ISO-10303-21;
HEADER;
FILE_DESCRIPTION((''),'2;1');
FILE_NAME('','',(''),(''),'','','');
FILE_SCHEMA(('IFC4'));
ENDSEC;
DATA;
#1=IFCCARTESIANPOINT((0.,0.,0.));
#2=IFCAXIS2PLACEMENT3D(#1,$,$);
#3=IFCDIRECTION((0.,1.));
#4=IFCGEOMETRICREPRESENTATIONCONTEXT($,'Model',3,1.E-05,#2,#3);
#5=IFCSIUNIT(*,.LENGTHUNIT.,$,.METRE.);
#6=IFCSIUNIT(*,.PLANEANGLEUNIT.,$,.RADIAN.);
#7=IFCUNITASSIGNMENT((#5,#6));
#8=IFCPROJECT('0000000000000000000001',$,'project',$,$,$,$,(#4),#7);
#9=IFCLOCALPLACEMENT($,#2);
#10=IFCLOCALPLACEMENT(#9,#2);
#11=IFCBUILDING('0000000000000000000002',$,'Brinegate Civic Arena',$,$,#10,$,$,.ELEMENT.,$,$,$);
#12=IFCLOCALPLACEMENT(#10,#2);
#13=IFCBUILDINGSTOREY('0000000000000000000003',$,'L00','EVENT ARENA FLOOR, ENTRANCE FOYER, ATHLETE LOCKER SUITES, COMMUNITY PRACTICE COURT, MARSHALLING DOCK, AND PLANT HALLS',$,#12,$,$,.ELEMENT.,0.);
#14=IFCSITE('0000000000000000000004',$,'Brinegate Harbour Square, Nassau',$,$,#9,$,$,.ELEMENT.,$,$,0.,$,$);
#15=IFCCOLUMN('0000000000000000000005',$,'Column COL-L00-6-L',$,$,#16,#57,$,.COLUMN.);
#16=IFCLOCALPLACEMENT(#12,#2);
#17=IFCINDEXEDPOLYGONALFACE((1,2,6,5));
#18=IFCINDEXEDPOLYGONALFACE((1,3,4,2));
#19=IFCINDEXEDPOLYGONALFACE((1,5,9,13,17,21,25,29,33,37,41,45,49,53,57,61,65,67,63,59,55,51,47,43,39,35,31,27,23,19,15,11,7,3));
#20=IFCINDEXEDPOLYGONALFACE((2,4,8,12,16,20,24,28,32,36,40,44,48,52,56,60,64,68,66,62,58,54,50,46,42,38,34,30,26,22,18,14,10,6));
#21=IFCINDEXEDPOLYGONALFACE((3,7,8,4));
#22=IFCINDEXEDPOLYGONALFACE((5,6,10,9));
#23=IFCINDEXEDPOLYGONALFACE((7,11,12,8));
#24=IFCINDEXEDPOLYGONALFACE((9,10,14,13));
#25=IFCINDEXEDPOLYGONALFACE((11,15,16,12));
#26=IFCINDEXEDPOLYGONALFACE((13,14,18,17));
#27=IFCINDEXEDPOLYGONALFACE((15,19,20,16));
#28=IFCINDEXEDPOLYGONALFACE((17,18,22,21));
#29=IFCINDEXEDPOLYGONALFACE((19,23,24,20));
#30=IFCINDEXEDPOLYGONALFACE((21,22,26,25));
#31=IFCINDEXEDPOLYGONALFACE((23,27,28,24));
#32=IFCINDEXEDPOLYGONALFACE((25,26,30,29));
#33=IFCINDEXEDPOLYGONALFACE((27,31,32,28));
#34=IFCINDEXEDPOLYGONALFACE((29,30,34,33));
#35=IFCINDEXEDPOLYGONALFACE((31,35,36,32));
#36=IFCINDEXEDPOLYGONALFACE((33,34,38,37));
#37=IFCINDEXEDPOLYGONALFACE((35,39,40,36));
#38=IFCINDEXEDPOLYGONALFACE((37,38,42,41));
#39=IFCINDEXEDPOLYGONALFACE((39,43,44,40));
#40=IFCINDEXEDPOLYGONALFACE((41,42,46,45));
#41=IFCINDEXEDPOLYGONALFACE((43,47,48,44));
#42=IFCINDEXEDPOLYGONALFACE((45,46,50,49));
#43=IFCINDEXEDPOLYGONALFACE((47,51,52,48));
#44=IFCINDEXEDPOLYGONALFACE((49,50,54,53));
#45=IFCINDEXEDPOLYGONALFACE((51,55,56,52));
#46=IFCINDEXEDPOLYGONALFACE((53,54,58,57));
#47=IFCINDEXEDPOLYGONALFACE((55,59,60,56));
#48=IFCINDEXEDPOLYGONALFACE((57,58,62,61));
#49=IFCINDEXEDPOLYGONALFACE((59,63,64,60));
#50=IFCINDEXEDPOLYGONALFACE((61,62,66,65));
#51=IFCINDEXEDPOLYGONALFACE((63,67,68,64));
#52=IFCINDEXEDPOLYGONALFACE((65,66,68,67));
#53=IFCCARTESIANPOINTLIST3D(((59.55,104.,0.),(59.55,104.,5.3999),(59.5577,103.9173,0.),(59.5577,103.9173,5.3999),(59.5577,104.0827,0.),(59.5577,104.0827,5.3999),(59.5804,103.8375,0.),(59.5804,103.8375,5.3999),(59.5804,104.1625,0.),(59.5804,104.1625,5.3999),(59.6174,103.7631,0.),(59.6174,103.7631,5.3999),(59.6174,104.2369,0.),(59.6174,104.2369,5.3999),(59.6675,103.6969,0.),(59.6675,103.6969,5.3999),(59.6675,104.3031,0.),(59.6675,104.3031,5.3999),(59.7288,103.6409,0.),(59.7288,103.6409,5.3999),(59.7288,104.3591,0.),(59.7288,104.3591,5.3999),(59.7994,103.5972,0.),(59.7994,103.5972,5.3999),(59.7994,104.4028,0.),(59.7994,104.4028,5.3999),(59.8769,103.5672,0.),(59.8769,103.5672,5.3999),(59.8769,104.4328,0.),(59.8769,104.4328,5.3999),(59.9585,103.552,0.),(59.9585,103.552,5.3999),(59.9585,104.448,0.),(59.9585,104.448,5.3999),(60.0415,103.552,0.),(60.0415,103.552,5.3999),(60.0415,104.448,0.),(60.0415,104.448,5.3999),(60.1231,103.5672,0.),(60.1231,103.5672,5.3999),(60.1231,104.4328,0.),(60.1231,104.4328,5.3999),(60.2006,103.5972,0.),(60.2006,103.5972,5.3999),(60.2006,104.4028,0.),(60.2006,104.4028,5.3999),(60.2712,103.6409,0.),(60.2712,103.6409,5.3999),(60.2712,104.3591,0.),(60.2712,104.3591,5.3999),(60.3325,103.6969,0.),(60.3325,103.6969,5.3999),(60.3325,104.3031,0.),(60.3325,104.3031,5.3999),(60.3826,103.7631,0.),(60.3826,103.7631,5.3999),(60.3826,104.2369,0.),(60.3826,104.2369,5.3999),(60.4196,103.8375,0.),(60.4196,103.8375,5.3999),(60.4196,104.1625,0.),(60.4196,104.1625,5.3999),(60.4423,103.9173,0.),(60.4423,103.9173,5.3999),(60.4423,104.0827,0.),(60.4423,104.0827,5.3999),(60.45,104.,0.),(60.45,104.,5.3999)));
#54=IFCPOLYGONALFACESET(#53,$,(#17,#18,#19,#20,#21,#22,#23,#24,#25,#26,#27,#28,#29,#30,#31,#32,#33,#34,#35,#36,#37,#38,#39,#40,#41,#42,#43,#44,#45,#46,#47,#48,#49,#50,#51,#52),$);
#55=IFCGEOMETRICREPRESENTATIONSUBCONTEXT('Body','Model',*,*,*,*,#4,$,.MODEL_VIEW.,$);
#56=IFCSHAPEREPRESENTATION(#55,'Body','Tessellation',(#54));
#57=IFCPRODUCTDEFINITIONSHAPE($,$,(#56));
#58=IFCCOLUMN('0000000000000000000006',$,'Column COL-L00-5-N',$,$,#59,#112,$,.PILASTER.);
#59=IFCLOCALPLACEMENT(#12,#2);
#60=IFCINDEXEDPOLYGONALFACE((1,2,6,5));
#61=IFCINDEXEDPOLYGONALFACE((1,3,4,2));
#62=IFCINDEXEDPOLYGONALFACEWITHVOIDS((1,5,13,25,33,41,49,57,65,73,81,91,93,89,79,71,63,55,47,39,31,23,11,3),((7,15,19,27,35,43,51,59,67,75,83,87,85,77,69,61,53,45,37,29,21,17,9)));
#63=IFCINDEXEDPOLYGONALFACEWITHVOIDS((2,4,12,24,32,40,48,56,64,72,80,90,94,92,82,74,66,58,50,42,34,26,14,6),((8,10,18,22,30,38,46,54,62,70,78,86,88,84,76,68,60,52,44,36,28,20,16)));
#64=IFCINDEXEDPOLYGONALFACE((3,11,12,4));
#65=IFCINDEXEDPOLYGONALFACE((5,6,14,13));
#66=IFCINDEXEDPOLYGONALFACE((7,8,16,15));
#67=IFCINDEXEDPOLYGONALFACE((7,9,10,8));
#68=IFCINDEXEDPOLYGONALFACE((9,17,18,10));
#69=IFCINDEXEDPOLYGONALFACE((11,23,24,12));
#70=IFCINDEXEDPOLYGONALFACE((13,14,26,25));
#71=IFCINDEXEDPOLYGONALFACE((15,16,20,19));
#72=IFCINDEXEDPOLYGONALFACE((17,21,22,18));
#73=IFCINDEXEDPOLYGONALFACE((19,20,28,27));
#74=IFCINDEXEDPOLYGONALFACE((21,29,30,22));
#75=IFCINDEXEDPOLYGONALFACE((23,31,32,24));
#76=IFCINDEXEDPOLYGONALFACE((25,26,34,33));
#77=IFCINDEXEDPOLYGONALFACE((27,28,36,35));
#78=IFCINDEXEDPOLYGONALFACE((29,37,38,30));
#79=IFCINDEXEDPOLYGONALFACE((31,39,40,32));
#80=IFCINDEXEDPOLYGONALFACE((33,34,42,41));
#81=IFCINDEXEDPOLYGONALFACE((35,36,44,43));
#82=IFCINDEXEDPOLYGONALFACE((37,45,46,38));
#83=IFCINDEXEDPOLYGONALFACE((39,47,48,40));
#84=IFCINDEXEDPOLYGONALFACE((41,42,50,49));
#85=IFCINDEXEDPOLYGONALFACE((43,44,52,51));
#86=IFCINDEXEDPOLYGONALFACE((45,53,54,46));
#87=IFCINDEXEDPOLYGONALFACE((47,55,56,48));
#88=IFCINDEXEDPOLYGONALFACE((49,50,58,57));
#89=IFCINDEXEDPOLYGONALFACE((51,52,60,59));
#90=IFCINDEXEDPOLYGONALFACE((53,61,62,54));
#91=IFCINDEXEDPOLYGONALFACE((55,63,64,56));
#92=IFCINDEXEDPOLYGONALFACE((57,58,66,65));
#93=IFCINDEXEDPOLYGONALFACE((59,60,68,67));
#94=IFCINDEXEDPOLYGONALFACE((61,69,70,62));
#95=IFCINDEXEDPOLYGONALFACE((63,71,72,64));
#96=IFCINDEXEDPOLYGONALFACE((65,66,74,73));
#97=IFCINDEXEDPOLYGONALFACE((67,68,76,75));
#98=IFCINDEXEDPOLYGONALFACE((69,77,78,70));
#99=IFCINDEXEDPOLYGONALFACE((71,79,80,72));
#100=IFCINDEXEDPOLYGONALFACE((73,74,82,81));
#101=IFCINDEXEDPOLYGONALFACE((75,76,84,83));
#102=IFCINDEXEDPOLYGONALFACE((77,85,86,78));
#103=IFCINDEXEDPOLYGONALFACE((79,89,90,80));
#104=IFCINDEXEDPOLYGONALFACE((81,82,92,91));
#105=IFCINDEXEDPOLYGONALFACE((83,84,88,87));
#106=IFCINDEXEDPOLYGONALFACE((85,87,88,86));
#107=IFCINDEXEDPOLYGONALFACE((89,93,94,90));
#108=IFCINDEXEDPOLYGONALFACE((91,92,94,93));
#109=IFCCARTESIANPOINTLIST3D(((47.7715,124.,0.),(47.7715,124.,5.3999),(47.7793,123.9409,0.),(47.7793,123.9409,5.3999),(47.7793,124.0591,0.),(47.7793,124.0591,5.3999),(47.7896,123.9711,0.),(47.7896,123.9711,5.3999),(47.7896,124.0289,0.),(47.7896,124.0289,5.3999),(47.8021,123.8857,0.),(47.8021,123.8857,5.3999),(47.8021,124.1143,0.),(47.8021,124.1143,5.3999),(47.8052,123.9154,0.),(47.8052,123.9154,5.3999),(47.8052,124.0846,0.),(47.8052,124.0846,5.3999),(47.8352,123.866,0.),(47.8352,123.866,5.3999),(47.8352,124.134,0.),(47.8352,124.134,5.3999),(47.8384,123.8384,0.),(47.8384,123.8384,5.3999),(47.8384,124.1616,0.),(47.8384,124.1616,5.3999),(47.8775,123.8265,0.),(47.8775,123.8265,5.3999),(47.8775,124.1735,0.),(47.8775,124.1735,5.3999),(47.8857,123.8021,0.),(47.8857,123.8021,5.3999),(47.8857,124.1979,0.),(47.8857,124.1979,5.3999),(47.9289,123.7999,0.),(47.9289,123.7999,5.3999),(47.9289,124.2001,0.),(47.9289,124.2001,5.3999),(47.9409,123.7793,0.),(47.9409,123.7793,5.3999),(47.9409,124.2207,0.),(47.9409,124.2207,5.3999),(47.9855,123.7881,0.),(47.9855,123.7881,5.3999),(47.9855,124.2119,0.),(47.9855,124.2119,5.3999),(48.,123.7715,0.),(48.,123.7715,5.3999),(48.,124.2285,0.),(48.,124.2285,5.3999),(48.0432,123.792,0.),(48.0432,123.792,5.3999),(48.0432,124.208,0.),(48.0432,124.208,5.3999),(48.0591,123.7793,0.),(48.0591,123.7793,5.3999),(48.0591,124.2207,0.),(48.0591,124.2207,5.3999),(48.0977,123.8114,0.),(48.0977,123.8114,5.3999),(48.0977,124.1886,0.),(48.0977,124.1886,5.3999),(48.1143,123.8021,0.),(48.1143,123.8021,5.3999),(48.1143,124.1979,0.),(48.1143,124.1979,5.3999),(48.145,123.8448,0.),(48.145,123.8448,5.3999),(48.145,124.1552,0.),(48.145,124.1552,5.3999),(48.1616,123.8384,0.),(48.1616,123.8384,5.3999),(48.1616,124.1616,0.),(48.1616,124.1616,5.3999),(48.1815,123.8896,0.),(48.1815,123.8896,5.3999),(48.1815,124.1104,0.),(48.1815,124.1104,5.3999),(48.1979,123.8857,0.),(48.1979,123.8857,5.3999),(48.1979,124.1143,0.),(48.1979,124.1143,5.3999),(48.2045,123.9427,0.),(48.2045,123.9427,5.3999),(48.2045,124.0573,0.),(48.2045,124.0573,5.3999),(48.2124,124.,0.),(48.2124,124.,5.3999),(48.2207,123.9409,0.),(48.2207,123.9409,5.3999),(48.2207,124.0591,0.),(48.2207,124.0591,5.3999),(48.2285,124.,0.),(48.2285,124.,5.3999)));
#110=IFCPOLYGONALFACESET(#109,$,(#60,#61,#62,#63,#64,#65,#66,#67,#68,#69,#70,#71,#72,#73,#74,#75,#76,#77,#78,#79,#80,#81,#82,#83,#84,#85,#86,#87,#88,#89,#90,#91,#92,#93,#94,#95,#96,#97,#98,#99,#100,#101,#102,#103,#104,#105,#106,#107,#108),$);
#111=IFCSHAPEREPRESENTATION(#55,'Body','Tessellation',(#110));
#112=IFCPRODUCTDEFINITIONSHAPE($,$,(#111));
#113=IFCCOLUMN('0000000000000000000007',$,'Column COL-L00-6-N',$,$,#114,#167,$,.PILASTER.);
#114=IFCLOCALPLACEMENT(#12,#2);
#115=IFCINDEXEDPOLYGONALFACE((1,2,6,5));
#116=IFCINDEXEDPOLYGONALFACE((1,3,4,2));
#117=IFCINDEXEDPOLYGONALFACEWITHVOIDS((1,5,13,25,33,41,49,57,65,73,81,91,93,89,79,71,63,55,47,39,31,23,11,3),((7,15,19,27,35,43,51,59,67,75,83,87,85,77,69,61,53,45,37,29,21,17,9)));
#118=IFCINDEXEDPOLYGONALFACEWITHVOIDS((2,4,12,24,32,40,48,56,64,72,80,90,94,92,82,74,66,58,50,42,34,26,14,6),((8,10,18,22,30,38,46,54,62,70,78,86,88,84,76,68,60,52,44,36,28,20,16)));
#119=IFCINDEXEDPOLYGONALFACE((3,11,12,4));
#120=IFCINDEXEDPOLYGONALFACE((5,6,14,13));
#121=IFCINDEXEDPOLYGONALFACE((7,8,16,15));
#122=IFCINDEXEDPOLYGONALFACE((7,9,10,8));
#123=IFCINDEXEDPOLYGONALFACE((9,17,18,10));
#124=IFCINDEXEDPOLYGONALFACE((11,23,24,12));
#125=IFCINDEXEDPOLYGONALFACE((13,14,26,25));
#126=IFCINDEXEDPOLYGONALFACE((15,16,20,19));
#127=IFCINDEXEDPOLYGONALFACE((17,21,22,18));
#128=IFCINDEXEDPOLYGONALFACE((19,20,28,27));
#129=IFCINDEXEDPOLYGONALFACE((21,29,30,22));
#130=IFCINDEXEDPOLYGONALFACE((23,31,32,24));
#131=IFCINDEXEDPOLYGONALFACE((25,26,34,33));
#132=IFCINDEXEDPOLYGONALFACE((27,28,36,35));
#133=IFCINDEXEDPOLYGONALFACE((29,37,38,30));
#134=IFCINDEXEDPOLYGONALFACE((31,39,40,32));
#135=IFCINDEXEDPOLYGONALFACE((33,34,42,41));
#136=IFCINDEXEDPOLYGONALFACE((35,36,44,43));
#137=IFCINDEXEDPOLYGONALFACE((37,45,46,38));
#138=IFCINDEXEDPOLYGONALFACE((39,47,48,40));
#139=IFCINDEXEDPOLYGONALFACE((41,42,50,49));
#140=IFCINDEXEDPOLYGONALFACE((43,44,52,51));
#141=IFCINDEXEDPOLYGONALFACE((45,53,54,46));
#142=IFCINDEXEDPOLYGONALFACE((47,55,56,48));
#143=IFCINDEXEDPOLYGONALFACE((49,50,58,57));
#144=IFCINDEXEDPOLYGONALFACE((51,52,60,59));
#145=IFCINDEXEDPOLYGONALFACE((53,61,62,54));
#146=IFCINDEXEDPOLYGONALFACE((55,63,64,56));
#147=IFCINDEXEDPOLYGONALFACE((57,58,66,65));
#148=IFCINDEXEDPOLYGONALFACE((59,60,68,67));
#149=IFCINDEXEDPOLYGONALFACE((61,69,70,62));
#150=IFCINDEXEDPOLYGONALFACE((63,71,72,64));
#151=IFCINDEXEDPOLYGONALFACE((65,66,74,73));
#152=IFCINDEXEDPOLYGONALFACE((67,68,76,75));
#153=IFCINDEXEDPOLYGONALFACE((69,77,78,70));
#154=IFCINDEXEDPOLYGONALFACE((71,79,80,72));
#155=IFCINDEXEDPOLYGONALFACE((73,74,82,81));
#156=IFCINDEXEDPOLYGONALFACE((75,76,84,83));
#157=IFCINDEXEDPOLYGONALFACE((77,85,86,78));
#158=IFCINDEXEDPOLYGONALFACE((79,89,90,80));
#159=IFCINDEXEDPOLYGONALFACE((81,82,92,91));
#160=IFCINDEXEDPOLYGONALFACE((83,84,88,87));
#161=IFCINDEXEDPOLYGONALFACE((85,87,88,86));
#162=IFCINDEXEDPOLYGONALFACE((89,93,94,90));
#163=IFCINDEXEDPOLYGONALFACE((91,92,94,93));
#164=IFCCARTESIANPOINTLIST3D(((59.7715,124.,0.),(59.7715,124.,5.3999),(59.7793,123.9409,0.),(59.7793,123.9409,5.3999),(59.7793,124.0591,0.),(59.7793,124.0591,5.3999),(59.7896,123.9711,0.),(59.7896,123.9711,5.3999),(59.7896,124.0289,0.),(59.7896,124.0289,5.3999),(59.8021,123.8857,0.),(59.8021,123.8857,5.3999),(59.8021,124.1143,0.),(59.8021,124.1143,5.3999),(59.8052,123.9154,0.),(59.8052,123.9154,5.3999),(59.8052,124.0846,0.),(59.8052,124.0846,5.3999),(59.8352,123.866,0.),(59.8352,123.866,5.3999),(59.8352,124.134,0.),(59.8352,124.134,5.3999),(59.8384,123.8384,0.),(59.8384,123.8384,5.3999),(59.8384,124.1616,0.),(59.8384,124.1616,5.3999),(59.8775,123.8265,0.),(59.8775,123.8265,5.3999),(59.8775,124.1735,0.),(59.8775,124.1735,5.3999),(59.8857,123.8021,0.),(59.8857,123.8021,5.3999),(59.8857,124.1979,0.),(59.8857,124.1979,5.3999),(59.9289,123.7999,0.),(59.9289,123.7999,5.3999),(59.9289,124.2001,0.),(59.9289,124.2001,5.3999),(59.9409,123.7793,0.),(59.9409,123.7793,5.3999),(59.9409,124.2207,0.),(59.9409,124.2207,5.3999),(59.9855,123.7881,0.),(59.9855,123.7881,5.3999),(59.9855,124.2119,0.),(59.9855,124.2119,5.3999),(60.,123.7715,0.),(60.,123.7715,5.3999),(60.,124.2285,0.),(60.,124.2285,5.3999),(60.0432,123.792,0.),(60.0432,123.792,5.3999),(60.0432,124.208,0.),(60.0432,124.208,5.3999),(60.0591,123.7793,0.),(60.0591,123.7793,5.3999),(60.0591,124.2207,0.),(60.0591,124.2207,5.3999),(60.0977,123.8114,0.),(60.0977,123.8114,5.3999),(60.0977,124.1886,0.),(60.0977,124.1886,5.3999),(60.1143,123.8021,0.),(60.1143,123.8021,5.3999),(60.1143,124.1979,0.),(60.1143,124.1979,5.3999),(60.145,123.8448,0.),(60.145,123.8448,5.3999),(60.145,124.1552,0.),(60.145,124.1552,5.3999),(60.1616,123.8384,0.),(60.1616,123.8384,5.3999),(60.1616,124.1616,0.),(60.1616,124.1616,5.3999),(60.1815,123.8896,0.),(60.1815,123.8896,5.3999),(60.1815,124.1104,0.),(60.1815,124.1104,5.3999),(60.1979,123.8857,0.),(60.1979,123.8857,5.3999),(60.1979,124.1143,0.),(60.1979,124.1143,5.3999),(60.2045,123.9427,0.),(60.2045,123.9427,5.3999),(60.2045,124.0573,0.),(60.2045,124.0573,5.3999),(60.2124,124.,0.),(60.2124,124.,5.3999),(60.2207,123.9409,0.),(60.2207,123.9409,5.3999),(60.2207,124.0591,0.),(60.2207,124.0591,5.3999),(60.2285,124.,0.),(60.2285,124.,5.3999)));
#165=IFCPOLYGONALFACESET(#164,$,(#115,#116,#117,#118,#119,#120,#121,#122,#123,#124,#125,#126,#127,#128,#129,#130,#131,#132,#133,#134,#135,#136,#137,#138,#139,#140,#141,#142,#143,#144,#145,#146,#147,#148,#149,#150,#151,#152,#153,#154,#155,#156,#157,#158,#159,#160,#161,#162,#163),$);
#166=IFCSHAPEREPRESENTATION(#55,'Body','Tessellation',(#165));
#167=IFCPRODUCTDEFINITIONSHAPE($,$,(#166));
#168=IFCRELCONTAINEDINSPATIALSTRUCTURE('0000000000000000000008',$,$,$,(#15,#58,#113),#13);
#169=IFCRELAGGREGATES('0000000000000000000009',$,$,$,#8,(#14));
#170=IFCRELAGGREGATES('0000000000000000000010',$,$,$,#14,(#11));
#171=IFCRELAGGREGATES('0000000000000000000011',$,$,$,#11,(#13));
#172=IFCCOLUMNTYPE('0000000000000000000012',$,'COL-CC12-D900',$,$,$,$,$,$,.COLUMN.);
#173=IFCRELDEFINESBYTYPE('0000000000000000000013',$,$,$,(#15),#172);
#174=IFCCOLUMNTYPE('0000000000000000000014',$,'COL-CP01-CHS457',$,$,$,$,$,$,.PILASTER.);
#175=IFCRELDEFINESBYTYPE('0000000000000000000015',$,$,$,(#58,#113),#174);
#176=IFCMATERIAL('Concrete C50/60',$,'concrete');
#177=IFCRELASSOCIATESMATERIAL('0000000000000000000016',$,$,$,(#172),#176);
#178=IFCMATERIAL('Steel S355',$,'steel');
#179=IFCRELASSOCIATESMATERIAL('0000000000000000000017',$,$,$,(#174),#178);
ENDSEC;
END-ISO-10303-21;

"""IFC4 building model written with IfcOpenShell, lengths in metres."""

from ifc_helpers import new_model, si_unit, direction, frame, origin, origin_2d, place, context, subcontext, project, spatial, circle, hollow_circle, extrude, material, material_profile, profile_set, type_object, element, save


model = new_model("IFC4")

# Units and contexts
model_context = context("Model", 3, precision=1e-05, world=origin(), true_north=direction((0.0, 1.0)))
body_context = subcontext(model_context, "Body", "Model", "MODEL_VIEW")
ifc_project = project(units=[si_unit("LENGTHUNIT", "METRE"), si_unit("PLANEANGLEUNIT", "RADIAN")], contexts=[model_context])

# Site, building, storey
site_placement = place(None, origin())
site = spatial("IfcSite", under=ifc_project, at=site_placement, Name="Brinegate Harbour Square, Nassau", CompositionType="ELEMENT", RefElevation=0.0)
building_placement = place(site_placement, origin())
building = spatial("IfcBuilding", under=site, at=building_placement, Name="Brinegate Civic Arena", CompositionType="ELEMENT")
storey_placement = place(building_placement, origin())
storey = spatial("IfcBuildingStorey", under=building, at=storey_placement, Name="L00", Description="EVENT ARENA FLOOR, ENTRANCE FOYER, ATHLETE LOCKER SUITES, COMMUNITY PRACTICE COURT, MARSHALLING DOCK, AND PLANT HALLS", CompositionType="ELEMENT", Elevation=0.0)

# Columns
ifc_material_1 = material(Name="Concrete C50/60", Category="concrete")
ifc_material_profile_1 = material_profile(ifc_material_1, circle(Radius=0.45, at=origin_2d()), Name="RCD900")
ifc_profile_set_1 = profile_set([ifc_material_profile_1], Name="Concrete C50/60")
column_type_1 = type_object("IfcColumnType", Name="COL-CC12-D900", PredefinedType="COLUMN", material=ifc_profile_set_1)
column_1_placement = place(storey_placement, frame((60.0, 104.0, 0.0), z_axis=(0.0, 0.0, 1.0), x_axis=(1.0, 0.0, 0.0)))
element("IfcColumn", 1, at=column_1_placement, inside=storey, type_object=column_type_1, Name="Column COL-L00-6-L", PredefinedType="COLUMN", context=body_context, shape_type="SweptSolid", body=[
    extrude(circle(Radius=0.45, at=origin_2d()), origin(), (0.0, 0.0, 1.0), 5.3999),
])
ifc_material_2 = material(Name="Steel S355", Category="steel")
ifc_material_profile_2 = material_profile(ifc_material_2, hollow_circle(Radius=0.2285, WallThickness=0.0161, at=origin_2d()), Name="CHS457X16")
ifc_profile_set_2 = profile_set([ifc_material_profile_2], Name="Steel S355")
column_type_2 = type_object("IfcColumnType", Name="COL-CP01-CHS457", PredefinedType="PILASTER", material=ifc_profile_set_2)
for number, where, z_axis, x_axis, name in (
    (2, (48.0, 124.0, 0.0), (0.0, 0.0, 1.0), (1.0, 0.0, 0.0), "Column COL-L00-5-N"),
    (3, (60.0, 124.0, 0.0), (0.0, 0.0, 1.0), (1.0, 0.0, 0.0), "Column COL-L00-6-N"),
):
    element("IfcColumn", number, at=place(storey_placement, frame(where, z_axis=z_axis, x_axis=x_axis)), inside=storey, type_object=column_type_2, Name=name, PredefinedType="PILASTER", context=body_context, shape_type="SweptSolid", body=[
        extrude(hollow_circle(Radius=0.2285, WallThickness=0.0161, at=origin_2d()), origin(), (0.0, 0.0, 1.0), 5.3999),
    ])

save(model, "model.ifc")
